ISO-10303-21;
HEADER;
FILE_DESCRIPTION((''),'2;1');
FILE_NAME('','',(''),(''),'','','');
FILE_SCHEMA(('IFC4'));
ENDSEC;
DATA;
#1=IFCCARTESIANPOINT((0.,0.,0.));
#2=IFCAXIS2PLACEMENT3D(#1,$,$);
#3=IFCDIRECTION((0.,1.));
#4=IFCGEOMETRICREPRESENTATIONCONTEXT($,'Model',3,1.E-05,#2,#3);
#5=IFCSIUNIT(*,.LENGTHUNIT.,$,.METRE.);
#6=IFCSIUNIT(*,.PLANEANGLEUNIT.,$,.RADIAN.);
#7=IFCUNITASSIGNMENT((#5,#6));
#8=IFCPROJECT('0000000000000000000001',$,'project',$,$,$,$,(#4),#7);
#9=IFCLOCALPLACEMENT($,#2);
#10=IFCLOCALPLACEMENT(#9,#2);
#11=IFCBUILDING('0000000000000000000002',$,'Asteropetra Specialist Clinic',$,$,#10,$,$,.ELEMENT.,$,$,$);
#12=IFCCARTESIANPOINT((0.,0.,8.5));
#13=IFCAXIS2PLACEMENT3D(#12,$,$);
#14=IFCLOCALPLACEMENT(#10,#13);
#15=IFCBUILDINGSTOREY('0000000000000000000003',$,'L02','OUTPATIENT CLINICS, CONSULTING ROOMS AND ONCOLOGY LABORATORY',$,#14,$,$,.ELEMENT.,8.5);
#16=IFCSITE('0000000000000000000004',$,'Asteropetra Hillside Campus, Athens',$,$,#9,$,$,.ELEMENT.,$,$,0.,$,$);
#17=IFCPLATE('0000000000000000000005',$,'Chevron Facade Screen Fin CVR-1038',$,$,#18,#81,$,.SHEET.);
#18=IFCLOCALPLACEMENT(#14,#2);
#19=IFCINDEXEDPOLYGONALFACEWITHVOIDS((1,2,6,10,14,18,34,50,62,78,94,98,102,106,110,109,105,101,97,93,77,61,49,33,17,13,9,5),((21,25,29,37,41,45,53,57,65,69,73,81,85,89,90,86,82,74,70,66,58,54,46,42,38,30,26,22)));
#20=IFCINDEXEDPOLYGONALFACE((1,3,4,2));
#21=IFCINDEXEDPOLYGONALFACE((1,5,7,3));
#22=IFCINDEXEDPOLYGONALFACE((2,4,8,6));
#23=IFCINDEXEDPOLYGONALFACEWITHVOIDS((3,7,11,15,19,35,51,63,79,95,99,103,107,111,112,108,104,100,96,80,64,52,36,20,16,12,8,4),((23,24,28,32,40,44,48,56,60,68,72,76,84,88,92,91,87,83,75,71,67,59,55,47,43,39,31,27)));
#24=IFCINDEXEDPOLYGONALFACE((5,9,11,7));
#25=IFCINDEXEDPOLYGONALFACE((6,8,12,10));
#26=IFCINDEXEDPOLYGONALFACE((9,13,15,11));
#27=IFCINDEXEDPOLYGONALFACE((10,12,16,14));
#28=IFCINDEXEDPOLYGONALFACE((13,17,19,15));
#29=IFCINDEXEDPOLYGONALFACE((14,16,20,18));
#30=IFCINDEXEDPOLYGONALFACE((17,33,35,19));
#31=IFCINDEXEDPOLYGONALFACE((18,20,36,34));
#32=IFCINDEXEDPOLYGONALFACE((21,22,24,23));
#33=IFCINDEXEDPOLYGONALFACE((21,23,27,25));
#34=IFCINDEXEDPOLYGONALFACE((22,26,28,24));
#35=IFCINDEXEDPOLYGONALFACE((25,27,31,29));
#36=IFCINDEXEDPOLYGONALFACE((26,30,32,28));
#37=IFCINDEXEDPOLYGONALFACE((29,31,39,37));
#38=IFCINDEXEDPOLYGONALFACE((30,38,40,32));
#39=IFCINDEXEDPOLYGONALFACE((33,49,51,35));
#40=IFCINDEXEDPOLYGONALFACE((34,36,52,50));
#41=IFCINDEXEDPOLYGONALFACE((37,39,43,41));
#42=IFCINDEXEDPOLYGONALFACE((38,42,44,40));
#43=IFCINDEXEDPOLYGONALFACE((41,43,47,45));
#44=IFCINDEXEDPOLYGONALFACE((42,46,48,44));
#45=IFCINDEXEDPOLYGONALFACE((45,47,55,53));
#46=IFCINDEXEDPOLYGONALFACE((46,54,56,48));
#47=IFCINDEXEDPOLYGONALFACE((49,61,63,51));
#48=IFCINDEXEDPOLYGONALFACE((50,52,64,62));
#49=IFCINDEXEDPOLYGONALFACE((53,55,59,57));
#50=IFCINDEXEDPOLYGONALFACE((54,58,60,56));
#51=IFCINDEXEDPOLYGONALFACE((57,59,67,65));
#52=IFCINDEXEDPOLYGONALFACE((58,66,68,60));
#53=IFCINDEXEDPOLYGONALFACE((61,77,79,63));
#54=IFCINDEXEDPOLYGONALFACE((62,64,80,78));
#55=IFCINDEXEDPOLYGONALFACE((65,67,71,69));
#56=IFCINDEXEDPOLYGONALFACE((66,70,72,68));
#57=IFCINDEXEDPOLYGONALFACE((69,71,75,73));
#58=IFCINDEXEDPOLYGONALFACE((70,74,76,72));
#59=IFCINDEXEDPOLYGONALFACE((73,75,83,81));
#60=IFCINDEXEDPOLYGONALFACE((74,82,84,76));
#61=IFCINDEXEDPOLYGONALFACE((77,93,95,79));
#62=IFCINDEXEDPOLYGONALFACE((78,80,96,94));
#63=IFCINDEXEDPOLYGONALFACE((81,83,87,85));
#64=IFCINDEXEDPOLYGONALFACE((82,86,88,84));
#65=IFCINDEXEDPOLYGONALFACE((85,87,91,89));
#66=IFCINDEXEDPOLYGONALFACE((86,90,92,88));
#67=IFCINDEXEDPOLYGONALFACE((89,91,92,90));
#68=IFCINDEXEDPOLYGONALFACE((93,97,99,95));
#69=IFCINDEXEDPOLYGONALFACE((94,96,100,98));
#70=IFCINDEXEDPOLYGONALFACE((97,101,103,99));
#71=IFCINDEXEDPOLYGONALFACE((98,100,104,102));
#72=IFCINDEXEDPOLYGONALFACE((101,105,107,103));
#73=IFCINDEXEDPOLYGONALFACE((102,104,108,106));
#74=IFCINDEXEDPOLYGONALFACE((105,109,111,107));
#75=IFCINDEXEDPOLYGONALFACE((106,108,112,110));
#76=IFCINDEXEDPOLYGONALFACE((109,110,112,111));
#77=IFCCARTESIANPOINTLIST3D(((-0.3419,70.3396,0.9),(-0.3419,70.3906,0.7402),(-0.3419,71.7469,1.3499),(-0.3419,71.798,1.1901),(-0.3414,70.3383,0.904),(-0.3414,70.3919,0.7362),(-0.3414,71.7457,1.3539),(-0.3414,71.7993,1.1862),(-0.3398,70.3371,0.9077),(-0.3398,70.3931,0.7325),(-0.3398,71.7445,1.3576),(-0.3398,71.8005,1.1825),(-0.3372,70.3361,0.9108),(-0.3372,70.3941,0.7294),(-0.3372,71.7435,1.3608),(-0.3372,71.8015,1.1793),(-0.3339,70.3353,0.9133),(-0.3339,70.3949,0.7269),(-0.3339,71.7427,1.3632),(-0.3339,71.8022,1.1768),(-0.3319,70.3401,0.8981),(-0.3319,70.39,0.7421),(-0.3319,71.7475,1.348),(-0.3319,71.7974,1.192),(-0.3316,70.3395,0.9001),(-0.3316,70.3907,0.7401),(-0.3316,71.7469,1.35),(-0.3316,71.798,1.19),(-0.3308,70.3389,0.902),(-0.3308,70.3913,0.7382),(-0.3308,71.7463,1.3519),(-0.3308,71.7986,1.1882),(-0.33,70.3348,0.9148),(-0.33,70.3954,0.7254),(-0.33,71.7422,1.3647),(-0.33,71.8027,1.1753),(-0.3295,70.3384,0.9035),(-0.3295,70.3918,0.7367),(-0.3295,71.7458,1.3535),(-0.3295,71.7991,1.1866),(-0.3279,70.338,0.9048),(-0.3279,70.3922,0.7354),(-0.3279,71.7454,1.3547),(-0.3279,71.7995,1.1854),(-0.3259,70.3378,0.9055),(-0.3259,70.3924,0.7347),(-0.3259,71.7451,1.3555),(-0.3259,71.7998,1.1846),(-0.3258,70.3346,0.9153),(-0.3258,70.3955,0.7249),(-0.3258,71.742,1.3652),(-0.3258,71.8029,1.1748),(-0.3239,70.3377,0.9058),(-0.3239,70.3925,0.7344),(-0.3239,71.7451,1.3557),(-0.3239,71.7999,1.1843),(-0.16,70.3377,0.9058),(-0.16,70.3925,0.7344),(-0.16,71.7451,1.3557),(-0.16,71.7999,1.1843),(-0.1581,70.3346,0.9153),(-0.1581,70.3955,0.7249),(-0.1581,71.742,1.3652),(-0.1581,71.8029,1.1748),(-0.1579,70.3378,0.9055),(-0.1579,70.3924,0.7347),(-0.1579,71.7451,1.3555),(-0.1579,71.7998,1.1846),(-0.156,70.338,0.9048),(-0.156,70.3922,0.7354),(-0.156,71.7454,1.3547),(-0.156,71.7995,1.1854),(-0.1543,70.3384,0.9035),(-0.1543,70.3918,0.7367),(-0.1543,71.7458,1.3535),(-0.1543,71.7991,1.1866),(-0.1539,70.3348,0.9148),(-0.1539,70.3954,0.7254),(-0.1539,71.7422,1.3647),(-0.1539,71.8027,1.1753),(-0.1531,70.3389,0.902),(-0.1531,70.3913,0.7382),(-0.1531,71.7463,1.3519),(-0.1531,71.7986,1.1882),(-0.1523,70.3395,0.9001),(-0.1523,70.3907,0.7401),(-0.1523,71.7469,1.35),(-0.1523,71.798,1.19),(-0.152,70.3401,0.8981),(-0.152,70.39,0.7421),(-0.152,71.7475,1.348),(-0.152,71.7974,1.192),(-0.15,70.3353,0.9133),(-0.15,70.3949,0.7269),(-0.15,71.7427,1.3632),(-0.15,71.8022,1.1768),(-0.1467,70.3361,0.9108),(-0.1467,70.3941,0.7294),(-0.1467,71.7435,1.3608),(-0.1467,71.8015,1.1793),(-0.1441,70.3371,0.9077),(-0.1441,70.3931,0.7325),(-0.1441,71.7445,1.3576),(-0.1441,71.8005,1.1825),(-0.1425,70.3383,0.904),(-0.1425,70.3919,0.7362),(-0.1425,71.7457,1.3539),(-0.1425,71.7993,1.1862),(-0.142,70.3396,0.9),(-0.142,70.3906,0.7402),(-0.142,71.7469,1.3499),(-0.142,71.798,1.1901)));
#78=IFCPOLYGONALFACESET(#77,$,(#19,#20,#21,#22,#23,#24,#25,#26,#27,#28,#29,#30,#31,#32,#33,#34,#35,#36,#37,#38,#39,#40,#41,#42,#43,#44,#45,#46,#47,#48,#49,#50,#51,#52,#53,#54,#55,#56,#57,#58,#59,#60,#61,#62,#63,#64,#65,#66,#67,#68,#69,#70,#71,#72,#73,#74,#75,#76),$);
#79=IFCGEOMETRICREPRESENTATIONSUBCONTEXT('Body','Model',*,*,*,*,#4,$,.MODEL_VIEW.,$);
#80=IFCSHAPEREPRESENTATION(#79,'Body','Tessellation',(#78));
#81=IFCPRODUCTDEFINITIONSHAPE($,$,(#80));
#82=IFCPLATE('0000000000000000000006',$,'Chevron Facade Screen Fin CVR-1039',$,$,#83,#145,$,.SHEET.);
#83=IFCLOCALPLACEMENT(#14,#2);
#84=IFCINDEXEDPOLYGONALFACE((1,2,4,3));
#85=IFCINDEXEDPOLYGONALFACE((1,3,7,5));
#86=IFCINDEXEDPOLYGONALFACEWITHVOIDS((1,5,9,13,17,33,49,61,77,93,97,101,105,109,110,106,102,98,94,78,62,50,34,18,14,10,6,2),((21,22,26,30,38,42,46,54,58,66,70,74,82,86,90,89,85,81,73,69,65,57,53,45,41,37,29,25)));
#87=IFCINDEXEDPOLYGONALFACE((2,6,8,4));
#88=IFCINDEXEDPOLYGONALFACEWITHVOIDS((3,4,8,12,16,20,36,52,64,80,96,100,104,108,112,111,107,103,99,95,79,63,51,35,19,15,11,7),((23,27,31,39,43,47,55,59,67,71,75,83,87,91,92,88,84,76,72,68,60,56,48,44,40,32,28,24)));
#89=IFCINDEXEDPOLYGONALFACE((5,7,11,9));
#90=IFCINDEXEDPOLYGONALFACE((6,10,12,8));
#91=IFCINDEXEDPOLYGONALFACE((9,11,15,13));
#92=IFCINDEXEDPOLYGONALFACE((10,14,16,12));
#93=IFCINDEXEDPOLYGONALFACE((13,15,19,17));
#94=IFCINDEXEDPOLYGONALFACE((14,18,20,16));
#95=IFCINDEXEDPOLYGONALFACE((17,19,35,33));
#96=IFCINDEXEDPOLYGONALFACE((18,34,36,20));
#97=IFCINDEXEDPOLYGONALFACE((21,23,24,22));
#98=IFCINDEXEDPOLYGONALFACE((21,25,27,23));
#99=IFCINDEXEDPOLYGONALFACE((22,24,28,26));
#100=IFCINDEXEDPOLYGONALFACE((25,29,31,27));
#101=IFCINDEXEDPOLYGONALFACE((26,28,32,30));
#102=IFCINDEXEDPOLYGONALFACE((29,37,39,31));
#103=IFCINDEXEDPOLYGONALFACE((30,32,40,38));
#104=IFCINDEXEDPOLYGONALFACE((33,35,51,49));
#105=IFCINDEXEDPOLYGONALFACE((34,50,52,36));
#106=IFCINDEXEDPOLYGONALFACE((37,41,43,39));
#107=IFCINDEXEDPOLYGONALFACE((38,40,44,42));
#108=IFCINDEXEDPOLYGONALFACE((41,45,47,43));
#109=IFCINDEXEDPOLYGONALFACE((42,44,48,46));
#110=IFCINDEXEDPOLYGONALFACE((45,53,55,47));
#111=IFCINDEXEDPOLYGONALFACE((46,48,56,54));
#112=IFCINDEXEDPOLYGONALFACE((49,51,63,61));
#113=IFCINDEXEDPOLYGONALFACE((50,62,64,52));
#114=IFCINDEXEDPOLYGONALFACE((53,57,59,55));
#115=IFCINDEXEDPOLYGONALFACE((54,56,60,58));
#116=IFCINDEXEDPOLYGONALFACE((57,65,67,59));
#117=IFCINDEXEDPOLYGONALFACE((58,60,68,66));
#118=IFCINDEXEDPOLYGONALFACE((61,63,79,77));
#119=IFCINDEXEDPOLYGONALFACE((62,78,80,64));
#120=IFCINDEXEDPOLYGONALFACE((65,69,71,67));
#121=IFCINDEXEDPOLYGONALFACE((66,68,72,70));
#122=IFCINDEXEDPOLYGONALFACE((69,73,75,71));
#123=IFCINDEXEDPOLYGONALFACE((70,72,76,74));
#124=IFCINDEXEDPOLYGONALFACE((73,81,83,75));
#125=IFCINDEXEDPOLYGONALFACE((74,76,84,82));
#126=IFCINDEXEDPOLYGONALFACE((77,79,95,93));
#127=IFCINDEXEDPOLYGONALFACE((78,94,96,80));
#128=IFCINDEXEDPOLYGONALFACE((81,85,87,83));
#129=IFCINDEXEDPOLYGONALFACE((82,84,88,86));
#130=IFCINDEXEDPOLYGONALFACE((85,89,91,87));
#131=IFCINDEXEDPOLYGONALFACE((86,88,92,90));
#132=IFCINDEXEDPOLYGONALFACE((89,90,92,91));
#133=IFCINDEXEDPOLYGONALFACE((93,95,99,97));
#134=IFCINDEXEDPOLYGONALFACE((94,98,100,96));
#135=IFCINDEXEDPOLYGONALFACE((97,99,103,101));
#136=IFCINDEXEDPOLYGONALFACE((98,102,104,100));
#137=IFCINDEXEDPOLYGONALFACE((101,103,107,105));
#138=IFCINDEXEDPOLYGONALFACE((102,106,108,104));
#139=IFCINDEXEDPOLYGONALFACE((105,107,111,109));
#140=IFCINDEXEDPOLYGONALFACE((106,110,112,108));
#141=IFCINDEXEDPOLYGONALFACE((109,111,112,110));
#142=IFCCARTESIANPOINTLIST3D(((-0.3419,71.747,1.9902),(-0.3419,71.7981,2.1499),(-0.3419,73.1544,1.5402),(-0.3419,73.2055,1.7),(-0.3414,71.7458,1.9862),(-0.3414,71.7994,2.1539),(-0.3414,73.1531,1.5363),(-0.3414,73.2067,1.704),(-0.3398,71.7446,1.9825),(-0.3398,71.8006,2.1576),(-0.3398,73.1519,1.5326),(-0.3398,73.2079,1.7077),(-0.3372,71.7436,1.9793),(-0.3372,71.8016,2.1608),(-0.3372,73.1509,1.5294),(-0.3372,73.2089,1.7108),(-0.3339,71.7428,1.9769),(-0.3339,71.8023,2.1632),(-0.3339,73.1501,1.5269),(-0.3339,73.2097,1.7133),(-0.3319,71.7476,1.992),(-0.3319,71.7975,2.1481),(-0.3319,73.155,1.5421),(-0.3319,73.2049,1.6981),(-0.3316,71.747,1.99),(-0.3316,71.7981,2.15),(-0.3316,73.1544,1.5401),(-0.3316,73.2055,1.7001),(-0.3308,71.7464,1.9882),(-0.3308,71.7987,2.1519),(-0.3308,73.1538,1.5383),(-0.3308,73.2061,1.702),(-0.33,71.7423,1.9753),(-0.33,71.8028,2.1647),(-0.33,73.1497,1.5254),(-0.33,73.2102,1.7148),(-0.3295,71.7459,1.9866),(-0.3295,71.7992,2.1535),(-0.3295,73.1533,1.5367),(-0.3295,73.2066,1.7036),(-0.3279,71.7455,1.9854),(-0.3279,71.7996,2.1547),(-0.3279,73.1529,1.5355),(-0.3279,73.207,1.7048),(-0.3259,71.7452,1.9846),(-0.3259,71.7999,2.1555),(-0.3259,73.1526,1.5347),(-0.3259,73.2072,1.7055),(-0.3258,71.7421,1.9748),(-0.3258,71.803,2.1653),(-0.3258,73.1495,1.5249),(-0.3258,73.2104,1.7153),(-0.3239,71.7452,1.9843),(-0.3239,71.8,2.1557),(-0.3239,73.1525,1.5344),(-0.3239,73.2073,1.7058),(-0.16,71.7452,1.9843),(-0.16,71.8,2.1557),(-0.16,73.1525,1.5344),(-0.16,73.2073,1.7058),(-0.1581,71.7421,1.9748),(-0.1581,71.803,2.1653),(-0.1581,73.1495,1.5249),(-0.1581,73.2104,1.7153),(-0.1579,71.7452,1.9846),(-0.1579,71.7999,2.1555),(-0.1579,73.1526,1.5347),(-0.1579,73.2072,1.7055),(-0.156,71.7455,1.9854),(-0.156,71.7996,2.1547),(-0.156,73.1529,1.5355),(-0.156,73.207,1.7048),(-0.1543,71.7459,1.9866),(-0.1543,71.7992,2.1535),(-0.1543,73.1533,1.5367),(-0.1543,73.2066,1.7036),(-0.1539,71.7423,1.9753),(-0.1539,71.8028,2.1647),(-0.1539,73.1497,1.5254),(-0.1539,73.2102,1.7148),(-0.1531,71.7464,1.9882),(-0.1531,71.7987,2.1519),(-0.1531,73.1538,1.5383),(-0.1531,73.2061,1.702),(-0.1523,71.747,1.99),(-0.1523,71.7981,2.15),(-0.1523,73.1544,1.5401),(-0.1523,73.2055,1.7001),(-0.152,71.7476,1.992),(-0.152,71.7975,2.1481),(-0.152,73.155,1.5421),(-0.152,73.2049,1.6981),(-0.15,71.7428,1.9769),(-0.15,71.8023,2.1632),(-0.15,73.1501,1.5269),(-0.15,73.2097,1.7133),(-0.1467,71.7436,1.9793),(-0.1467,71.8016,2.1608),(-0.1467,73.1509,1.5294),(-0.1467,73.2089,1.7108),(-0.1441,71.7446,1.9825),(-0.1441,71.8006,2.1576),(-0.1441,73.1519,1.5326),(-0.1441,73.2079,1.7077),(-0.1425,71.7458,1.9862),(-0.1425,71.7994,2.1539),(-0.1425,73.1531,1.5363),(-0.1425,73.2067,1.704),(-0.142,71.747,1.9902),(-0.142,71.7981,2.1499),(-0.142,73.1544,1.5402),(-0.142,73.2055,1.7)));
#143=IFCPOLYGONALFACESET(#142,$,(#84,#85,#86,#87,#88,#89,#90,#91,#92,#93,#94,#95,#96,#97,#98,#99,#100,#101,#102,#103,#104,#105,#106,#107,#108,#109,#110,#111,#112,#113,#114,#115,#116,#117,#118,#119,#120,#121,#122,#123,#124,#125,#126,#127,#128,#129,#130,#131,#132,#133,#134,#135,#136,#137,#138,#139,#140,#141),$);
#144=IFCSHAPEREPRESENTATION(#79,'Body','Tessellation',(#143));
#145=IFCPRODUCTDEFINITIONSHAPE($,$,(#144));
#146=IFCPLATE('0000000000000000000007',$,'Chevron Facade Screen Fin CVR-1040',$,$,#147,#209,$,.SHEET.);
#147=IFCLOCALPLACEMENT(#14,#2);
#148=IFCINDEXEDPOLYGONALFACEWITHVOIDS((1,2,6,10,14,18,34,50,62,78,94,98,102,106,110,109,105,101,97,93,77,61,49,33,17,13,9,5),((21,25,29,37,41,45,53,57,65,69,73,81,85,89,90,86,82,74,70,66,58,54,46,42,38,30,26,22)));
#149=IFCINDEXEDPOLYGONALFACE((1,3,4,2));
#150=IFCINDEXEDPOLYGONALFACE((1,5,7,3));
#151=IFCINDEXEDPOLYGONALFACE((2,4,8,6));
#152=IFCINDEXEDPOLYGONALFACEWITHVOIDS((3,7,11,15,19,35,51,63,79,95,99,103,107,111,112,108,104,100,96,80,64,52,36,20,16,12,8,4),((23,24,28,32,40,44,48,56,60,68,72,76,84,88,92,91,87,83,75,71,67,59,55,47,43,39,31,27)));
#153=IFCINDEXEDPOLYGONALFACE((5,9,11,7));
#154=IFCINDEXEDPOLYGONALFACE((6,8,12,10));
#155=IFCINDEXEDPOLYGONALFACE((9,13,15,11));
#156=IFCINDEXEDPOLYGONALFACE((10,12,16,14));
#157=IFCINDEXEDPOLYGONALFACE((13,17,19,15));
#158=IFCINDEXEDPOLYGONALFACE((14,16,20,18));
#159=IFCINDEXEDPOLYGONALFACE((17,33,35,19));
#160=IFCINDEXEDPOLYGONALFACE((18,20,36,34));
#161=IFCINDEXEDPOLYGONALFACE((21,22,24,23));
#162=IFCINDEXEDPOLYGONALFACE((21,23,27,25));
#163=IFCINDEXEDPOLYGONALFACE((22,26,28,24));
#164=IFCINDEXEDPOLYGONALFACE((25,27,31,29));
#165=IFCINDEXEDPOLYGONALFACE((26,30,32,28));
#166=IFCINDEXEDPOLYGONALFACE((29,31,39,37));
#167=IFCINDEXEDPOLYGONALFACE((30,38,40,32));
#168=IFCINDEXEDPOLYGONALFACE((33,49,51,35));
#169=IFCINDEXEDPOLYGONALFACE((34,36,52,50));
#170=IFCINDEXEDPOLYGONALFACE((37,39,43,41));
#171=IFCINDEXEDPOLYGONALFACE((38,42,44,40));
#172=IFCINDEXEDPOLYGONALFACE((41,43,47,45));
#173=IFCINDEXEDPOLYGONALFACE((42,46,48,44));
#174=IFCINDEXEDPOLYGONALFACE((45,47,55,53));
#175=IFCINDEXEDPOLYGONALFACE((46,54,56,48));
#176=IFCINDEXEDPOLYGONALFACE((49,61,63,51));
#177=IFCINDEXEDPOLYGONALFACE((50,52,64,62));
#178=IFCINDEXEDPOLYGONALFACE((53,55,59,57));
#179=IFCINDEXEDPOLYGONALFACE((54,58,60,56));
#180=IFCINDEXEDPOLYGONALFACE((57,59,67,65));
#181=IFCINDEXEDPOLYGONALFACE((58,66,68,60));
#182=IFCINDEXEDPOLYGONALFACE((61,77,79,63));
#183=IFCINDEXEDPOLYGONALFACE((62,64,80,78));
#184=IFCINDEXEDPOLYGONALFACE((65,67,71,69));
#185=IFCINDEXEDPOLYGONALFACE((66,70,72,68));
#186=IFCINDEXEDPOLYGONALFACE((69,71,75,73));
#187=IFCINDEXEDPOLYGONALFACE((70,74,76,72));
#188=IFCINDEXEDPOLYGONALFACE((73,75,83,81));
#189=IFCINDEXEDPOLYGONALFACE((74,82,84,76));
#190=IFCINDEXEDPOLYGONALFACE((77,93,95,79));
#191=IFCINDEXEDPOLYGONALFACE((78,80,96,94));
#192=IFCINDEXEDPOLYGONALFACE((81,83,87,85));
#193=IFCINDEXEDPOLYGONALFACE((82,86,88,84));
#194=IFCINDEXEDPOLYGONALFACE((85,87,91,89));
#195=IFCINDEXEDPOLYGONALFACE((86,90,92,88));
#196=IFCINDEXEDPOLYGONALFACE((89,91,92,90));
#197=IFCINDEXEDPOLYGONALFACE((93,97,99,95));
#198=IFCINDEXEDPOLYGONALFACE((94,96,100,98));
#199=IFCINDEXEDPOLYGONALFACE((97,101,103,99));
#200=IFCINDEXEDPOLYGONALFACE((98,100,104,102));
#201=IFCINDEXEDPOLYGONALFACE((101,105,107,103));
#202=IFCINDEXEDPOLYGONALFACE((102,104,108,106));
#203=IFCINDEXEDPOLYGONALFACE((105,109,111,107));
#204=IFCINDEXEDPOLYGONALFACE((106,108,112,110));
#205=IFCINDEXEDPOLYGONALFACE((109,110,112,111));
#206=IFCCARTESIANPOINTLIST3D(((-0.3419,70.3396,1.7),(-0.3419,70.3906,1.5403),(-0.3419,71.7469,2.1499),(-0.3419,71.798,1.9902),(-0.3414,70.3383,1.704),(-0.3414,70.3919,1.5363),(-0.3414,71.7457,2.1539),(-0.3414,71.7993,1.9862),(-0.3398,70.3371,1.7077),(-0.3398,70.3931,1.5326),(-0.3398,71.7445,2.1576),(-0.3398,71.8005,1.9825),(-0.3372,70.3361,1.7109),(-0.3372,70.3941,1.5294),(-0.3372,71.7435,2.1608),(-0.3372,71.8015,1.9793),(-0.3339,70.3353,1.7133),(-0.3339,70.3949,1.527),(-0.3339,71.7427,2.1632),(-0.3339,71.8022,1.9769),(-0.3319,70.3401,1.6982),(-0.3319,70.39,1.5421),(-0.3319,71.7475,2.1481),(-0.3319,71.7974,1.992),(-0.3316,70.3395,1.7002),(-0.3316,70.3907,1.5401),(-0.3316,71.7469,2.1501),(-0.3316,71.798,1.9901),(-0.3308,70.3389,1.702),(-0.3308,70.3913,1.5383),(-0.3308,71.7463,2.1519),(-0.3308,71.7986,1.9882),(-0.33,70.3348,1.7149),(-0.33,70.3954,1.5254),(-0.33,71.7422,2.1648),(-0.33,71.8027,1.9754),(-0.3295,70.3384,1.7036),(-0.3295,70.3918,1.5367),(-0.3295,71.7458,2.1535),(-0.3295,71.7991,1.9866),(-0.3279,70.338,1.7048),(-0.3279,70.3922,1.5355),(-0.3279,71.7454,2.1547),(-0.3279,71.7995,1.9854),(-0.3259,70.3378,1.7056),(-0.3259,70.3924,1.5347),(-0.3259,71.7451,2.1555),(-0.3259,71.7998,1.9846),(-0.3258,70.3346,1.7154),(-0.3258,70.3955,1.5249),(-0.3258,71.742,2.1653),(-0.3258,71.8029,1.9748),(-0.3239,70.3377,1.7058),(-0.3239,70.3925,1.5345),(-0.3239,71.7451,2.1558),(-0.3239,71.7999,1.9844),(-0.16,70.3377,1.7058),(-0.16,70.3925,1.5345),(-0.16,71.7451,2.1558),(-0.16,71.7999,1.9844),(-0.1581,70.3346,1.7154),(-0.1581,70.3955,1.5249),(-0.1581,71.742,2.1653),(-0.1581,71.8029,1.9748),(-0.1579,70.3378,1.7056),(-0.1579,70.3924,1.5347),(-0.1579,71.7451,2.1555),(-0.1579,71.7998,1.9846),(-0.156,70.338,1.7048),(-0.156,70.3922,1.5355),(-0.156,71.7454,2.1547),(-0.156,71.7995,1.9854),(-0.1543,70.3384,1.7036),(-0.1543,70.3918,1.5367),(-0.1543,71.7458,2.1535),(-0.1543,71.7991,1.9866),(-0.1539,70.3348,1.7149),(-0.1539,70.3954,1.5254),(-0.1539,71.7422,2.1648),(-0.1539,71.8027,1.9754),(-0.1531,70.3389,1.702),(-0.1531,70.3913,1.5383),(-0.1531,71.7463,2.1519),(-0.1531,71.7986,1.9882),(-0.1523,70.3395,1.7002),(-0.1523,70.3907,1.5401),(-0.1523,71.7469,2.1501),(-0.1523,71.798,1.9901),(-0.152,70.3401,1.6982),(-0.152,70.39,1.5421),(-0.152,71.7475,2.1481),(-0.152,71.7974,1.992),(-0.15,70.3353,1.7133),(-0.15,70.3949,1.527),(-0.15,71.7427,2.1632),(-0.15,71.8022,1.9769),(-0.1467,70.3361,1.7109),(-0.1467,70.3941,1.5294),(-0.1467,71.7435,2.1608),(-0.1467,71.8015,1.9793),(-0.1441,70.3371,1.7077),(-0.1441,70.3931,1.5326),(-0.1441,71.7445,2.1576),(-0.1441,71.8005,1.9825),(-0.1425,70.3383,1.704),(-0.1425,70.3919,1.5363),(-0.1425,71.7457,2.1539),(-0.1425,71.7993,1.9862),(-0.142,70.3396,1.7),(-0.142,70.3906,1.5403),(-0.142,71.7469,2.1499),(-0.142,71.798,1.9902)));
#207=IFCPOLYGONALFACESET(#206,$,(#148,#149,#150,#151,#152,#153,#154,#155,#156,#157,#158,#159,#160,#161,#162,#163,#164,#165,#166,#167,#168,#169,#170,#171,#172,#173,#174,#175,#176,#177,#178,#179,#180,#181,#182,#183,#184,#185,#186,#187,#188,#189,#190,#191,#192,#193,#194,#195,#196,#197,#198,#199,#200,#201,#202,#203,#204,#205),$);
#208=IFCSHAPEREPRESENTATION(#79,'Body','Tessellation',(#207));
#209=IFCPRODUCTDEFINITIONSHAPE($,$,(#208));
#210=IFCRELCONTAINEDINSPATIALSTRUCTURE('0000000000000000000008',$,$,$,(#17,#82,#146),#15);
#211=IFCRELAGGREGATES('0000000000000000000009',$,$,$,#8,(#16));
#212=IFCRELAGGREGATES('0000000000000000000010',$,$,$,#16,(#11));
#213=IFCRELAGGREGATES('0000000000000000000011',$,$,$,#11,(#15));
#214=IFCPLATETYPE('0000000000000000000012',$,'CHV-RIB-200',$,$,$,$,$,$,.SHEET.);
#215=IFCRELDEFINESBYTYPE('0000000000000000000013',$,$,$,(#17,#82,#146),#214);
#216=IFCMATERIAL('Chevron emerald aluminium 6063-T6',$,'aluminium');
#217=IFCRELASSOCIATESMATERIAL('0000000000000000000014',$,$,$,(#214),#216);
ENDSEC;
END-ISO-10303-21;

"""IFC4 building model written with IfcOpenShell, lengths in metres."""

from ifc_helpers import new_model, si_unit, direction, frame, origin, origin_2d, place, context, subcontext, project, spatial, hollow_rectangle, extrude, material, material_profile, profile_set, type_object, element, save


model = new_model("IFC4")

# Units and contexts
model_context = context("Model", 3, precision=1e-05, world=origin(), true_north=direction((0.0, 1.0)))
body_context = subcontext(model_context, "Body", "Model", "MODEL_VIEW")
ifc_project = project(units=[si_unit("LENGTHUNIT", "METRE"), si_unit("PLANEANGLEUNIT", "RADIAN")], contexts=[model_context])

# Site, building, storey
site_placement = place(None, origin())
site = spatial("IfcSite", under=ifc_project, at=site_placement, Name="Asteropetra Hillside Campus, Athens", CompositionType="ELEMENT", RefElevation=0.0)
building_placement = place(site_placement, origin())
building = spatial("IfcBuilding", under=site, at=building_placement, Name="Asteropetra Specialist Clinic", CompositionType="ELEMENT")
storey_placement = place(building_placement, frame((0.0, 0.0, 8.5)))
storey = spatial("IfcBuildingStorey", under=building, at=storey_placement, Name="L02", Description="OUTPATIENT CLINICS, CONSULTING ROOMS AND ONCOLOGY LABORATORY", CompositionType="ELEMENT", Elevation=8.5)

# Plates
ifc_material_1 = material(Name="Chevron emerald aluminium 6063-T6", Category="aluminium")
ifc_material_profile_1 = material_profile(ifc_material_1, hollow_rectangle(XDim=0.2, YDim=0.2, WallThickness=0.01, InnerFilletRadius=0.0081, OuterFilletRadius=0.0161, at=origin_2d()), Name="SHS 200x200x10.0")
ifc_profile_set_1 = profile_set([ifc_material_profile_1], Name="Chevron emerald aluminium 6063-T6")
plate_type_1 = type_object("IfcPlateType", Name="CHV-RIB-200", PredefinedType="SHEET", material=ifc_profile_set_1)
for number, where, z_axis, x_axis, name in (
    (1, (-0.2419, 71.7725, 1.27), (0.0, -0.95251, -0.304506), (1.0, 0.0, 0.0), "Chevron Facade Screen Fin CVR-1038"),
    (2, (-0.2419, 73.1799, 1.6201), (0.0, -0.95251, 0.304506), (1.0, 0.0, 0.0), "Chevron Facade Screen Fin CVR-1039"),
    (3, (-0.2419, 71.7725, 2.0701), (0.0, -0.95251, -0.304506), (1.0, 0.0, 0.0), "Chevron Facade Screen Fin CVR-1040"),
):
    element("IfcPlate", number, at=place(storey_placement, frame(where, z_axis=z_axis, x_axis=x_axis)), inside=storey, type_object=plate_type_1, Name=name, PredefinedType="SHEET", context=body_context, shape_type="SweptSolid", body=[
        extrude(hollow_rectangle(XDim=0.2, YDim=0.2, WallThickness=0.01, InnerFilletRadius=0.0081, OuterFilletRadius=0.0161, at=origin_2d()), origin(), (0.0, 0.0, 1.0), 1.4775),
    ])

save(model, "model.ifc")
